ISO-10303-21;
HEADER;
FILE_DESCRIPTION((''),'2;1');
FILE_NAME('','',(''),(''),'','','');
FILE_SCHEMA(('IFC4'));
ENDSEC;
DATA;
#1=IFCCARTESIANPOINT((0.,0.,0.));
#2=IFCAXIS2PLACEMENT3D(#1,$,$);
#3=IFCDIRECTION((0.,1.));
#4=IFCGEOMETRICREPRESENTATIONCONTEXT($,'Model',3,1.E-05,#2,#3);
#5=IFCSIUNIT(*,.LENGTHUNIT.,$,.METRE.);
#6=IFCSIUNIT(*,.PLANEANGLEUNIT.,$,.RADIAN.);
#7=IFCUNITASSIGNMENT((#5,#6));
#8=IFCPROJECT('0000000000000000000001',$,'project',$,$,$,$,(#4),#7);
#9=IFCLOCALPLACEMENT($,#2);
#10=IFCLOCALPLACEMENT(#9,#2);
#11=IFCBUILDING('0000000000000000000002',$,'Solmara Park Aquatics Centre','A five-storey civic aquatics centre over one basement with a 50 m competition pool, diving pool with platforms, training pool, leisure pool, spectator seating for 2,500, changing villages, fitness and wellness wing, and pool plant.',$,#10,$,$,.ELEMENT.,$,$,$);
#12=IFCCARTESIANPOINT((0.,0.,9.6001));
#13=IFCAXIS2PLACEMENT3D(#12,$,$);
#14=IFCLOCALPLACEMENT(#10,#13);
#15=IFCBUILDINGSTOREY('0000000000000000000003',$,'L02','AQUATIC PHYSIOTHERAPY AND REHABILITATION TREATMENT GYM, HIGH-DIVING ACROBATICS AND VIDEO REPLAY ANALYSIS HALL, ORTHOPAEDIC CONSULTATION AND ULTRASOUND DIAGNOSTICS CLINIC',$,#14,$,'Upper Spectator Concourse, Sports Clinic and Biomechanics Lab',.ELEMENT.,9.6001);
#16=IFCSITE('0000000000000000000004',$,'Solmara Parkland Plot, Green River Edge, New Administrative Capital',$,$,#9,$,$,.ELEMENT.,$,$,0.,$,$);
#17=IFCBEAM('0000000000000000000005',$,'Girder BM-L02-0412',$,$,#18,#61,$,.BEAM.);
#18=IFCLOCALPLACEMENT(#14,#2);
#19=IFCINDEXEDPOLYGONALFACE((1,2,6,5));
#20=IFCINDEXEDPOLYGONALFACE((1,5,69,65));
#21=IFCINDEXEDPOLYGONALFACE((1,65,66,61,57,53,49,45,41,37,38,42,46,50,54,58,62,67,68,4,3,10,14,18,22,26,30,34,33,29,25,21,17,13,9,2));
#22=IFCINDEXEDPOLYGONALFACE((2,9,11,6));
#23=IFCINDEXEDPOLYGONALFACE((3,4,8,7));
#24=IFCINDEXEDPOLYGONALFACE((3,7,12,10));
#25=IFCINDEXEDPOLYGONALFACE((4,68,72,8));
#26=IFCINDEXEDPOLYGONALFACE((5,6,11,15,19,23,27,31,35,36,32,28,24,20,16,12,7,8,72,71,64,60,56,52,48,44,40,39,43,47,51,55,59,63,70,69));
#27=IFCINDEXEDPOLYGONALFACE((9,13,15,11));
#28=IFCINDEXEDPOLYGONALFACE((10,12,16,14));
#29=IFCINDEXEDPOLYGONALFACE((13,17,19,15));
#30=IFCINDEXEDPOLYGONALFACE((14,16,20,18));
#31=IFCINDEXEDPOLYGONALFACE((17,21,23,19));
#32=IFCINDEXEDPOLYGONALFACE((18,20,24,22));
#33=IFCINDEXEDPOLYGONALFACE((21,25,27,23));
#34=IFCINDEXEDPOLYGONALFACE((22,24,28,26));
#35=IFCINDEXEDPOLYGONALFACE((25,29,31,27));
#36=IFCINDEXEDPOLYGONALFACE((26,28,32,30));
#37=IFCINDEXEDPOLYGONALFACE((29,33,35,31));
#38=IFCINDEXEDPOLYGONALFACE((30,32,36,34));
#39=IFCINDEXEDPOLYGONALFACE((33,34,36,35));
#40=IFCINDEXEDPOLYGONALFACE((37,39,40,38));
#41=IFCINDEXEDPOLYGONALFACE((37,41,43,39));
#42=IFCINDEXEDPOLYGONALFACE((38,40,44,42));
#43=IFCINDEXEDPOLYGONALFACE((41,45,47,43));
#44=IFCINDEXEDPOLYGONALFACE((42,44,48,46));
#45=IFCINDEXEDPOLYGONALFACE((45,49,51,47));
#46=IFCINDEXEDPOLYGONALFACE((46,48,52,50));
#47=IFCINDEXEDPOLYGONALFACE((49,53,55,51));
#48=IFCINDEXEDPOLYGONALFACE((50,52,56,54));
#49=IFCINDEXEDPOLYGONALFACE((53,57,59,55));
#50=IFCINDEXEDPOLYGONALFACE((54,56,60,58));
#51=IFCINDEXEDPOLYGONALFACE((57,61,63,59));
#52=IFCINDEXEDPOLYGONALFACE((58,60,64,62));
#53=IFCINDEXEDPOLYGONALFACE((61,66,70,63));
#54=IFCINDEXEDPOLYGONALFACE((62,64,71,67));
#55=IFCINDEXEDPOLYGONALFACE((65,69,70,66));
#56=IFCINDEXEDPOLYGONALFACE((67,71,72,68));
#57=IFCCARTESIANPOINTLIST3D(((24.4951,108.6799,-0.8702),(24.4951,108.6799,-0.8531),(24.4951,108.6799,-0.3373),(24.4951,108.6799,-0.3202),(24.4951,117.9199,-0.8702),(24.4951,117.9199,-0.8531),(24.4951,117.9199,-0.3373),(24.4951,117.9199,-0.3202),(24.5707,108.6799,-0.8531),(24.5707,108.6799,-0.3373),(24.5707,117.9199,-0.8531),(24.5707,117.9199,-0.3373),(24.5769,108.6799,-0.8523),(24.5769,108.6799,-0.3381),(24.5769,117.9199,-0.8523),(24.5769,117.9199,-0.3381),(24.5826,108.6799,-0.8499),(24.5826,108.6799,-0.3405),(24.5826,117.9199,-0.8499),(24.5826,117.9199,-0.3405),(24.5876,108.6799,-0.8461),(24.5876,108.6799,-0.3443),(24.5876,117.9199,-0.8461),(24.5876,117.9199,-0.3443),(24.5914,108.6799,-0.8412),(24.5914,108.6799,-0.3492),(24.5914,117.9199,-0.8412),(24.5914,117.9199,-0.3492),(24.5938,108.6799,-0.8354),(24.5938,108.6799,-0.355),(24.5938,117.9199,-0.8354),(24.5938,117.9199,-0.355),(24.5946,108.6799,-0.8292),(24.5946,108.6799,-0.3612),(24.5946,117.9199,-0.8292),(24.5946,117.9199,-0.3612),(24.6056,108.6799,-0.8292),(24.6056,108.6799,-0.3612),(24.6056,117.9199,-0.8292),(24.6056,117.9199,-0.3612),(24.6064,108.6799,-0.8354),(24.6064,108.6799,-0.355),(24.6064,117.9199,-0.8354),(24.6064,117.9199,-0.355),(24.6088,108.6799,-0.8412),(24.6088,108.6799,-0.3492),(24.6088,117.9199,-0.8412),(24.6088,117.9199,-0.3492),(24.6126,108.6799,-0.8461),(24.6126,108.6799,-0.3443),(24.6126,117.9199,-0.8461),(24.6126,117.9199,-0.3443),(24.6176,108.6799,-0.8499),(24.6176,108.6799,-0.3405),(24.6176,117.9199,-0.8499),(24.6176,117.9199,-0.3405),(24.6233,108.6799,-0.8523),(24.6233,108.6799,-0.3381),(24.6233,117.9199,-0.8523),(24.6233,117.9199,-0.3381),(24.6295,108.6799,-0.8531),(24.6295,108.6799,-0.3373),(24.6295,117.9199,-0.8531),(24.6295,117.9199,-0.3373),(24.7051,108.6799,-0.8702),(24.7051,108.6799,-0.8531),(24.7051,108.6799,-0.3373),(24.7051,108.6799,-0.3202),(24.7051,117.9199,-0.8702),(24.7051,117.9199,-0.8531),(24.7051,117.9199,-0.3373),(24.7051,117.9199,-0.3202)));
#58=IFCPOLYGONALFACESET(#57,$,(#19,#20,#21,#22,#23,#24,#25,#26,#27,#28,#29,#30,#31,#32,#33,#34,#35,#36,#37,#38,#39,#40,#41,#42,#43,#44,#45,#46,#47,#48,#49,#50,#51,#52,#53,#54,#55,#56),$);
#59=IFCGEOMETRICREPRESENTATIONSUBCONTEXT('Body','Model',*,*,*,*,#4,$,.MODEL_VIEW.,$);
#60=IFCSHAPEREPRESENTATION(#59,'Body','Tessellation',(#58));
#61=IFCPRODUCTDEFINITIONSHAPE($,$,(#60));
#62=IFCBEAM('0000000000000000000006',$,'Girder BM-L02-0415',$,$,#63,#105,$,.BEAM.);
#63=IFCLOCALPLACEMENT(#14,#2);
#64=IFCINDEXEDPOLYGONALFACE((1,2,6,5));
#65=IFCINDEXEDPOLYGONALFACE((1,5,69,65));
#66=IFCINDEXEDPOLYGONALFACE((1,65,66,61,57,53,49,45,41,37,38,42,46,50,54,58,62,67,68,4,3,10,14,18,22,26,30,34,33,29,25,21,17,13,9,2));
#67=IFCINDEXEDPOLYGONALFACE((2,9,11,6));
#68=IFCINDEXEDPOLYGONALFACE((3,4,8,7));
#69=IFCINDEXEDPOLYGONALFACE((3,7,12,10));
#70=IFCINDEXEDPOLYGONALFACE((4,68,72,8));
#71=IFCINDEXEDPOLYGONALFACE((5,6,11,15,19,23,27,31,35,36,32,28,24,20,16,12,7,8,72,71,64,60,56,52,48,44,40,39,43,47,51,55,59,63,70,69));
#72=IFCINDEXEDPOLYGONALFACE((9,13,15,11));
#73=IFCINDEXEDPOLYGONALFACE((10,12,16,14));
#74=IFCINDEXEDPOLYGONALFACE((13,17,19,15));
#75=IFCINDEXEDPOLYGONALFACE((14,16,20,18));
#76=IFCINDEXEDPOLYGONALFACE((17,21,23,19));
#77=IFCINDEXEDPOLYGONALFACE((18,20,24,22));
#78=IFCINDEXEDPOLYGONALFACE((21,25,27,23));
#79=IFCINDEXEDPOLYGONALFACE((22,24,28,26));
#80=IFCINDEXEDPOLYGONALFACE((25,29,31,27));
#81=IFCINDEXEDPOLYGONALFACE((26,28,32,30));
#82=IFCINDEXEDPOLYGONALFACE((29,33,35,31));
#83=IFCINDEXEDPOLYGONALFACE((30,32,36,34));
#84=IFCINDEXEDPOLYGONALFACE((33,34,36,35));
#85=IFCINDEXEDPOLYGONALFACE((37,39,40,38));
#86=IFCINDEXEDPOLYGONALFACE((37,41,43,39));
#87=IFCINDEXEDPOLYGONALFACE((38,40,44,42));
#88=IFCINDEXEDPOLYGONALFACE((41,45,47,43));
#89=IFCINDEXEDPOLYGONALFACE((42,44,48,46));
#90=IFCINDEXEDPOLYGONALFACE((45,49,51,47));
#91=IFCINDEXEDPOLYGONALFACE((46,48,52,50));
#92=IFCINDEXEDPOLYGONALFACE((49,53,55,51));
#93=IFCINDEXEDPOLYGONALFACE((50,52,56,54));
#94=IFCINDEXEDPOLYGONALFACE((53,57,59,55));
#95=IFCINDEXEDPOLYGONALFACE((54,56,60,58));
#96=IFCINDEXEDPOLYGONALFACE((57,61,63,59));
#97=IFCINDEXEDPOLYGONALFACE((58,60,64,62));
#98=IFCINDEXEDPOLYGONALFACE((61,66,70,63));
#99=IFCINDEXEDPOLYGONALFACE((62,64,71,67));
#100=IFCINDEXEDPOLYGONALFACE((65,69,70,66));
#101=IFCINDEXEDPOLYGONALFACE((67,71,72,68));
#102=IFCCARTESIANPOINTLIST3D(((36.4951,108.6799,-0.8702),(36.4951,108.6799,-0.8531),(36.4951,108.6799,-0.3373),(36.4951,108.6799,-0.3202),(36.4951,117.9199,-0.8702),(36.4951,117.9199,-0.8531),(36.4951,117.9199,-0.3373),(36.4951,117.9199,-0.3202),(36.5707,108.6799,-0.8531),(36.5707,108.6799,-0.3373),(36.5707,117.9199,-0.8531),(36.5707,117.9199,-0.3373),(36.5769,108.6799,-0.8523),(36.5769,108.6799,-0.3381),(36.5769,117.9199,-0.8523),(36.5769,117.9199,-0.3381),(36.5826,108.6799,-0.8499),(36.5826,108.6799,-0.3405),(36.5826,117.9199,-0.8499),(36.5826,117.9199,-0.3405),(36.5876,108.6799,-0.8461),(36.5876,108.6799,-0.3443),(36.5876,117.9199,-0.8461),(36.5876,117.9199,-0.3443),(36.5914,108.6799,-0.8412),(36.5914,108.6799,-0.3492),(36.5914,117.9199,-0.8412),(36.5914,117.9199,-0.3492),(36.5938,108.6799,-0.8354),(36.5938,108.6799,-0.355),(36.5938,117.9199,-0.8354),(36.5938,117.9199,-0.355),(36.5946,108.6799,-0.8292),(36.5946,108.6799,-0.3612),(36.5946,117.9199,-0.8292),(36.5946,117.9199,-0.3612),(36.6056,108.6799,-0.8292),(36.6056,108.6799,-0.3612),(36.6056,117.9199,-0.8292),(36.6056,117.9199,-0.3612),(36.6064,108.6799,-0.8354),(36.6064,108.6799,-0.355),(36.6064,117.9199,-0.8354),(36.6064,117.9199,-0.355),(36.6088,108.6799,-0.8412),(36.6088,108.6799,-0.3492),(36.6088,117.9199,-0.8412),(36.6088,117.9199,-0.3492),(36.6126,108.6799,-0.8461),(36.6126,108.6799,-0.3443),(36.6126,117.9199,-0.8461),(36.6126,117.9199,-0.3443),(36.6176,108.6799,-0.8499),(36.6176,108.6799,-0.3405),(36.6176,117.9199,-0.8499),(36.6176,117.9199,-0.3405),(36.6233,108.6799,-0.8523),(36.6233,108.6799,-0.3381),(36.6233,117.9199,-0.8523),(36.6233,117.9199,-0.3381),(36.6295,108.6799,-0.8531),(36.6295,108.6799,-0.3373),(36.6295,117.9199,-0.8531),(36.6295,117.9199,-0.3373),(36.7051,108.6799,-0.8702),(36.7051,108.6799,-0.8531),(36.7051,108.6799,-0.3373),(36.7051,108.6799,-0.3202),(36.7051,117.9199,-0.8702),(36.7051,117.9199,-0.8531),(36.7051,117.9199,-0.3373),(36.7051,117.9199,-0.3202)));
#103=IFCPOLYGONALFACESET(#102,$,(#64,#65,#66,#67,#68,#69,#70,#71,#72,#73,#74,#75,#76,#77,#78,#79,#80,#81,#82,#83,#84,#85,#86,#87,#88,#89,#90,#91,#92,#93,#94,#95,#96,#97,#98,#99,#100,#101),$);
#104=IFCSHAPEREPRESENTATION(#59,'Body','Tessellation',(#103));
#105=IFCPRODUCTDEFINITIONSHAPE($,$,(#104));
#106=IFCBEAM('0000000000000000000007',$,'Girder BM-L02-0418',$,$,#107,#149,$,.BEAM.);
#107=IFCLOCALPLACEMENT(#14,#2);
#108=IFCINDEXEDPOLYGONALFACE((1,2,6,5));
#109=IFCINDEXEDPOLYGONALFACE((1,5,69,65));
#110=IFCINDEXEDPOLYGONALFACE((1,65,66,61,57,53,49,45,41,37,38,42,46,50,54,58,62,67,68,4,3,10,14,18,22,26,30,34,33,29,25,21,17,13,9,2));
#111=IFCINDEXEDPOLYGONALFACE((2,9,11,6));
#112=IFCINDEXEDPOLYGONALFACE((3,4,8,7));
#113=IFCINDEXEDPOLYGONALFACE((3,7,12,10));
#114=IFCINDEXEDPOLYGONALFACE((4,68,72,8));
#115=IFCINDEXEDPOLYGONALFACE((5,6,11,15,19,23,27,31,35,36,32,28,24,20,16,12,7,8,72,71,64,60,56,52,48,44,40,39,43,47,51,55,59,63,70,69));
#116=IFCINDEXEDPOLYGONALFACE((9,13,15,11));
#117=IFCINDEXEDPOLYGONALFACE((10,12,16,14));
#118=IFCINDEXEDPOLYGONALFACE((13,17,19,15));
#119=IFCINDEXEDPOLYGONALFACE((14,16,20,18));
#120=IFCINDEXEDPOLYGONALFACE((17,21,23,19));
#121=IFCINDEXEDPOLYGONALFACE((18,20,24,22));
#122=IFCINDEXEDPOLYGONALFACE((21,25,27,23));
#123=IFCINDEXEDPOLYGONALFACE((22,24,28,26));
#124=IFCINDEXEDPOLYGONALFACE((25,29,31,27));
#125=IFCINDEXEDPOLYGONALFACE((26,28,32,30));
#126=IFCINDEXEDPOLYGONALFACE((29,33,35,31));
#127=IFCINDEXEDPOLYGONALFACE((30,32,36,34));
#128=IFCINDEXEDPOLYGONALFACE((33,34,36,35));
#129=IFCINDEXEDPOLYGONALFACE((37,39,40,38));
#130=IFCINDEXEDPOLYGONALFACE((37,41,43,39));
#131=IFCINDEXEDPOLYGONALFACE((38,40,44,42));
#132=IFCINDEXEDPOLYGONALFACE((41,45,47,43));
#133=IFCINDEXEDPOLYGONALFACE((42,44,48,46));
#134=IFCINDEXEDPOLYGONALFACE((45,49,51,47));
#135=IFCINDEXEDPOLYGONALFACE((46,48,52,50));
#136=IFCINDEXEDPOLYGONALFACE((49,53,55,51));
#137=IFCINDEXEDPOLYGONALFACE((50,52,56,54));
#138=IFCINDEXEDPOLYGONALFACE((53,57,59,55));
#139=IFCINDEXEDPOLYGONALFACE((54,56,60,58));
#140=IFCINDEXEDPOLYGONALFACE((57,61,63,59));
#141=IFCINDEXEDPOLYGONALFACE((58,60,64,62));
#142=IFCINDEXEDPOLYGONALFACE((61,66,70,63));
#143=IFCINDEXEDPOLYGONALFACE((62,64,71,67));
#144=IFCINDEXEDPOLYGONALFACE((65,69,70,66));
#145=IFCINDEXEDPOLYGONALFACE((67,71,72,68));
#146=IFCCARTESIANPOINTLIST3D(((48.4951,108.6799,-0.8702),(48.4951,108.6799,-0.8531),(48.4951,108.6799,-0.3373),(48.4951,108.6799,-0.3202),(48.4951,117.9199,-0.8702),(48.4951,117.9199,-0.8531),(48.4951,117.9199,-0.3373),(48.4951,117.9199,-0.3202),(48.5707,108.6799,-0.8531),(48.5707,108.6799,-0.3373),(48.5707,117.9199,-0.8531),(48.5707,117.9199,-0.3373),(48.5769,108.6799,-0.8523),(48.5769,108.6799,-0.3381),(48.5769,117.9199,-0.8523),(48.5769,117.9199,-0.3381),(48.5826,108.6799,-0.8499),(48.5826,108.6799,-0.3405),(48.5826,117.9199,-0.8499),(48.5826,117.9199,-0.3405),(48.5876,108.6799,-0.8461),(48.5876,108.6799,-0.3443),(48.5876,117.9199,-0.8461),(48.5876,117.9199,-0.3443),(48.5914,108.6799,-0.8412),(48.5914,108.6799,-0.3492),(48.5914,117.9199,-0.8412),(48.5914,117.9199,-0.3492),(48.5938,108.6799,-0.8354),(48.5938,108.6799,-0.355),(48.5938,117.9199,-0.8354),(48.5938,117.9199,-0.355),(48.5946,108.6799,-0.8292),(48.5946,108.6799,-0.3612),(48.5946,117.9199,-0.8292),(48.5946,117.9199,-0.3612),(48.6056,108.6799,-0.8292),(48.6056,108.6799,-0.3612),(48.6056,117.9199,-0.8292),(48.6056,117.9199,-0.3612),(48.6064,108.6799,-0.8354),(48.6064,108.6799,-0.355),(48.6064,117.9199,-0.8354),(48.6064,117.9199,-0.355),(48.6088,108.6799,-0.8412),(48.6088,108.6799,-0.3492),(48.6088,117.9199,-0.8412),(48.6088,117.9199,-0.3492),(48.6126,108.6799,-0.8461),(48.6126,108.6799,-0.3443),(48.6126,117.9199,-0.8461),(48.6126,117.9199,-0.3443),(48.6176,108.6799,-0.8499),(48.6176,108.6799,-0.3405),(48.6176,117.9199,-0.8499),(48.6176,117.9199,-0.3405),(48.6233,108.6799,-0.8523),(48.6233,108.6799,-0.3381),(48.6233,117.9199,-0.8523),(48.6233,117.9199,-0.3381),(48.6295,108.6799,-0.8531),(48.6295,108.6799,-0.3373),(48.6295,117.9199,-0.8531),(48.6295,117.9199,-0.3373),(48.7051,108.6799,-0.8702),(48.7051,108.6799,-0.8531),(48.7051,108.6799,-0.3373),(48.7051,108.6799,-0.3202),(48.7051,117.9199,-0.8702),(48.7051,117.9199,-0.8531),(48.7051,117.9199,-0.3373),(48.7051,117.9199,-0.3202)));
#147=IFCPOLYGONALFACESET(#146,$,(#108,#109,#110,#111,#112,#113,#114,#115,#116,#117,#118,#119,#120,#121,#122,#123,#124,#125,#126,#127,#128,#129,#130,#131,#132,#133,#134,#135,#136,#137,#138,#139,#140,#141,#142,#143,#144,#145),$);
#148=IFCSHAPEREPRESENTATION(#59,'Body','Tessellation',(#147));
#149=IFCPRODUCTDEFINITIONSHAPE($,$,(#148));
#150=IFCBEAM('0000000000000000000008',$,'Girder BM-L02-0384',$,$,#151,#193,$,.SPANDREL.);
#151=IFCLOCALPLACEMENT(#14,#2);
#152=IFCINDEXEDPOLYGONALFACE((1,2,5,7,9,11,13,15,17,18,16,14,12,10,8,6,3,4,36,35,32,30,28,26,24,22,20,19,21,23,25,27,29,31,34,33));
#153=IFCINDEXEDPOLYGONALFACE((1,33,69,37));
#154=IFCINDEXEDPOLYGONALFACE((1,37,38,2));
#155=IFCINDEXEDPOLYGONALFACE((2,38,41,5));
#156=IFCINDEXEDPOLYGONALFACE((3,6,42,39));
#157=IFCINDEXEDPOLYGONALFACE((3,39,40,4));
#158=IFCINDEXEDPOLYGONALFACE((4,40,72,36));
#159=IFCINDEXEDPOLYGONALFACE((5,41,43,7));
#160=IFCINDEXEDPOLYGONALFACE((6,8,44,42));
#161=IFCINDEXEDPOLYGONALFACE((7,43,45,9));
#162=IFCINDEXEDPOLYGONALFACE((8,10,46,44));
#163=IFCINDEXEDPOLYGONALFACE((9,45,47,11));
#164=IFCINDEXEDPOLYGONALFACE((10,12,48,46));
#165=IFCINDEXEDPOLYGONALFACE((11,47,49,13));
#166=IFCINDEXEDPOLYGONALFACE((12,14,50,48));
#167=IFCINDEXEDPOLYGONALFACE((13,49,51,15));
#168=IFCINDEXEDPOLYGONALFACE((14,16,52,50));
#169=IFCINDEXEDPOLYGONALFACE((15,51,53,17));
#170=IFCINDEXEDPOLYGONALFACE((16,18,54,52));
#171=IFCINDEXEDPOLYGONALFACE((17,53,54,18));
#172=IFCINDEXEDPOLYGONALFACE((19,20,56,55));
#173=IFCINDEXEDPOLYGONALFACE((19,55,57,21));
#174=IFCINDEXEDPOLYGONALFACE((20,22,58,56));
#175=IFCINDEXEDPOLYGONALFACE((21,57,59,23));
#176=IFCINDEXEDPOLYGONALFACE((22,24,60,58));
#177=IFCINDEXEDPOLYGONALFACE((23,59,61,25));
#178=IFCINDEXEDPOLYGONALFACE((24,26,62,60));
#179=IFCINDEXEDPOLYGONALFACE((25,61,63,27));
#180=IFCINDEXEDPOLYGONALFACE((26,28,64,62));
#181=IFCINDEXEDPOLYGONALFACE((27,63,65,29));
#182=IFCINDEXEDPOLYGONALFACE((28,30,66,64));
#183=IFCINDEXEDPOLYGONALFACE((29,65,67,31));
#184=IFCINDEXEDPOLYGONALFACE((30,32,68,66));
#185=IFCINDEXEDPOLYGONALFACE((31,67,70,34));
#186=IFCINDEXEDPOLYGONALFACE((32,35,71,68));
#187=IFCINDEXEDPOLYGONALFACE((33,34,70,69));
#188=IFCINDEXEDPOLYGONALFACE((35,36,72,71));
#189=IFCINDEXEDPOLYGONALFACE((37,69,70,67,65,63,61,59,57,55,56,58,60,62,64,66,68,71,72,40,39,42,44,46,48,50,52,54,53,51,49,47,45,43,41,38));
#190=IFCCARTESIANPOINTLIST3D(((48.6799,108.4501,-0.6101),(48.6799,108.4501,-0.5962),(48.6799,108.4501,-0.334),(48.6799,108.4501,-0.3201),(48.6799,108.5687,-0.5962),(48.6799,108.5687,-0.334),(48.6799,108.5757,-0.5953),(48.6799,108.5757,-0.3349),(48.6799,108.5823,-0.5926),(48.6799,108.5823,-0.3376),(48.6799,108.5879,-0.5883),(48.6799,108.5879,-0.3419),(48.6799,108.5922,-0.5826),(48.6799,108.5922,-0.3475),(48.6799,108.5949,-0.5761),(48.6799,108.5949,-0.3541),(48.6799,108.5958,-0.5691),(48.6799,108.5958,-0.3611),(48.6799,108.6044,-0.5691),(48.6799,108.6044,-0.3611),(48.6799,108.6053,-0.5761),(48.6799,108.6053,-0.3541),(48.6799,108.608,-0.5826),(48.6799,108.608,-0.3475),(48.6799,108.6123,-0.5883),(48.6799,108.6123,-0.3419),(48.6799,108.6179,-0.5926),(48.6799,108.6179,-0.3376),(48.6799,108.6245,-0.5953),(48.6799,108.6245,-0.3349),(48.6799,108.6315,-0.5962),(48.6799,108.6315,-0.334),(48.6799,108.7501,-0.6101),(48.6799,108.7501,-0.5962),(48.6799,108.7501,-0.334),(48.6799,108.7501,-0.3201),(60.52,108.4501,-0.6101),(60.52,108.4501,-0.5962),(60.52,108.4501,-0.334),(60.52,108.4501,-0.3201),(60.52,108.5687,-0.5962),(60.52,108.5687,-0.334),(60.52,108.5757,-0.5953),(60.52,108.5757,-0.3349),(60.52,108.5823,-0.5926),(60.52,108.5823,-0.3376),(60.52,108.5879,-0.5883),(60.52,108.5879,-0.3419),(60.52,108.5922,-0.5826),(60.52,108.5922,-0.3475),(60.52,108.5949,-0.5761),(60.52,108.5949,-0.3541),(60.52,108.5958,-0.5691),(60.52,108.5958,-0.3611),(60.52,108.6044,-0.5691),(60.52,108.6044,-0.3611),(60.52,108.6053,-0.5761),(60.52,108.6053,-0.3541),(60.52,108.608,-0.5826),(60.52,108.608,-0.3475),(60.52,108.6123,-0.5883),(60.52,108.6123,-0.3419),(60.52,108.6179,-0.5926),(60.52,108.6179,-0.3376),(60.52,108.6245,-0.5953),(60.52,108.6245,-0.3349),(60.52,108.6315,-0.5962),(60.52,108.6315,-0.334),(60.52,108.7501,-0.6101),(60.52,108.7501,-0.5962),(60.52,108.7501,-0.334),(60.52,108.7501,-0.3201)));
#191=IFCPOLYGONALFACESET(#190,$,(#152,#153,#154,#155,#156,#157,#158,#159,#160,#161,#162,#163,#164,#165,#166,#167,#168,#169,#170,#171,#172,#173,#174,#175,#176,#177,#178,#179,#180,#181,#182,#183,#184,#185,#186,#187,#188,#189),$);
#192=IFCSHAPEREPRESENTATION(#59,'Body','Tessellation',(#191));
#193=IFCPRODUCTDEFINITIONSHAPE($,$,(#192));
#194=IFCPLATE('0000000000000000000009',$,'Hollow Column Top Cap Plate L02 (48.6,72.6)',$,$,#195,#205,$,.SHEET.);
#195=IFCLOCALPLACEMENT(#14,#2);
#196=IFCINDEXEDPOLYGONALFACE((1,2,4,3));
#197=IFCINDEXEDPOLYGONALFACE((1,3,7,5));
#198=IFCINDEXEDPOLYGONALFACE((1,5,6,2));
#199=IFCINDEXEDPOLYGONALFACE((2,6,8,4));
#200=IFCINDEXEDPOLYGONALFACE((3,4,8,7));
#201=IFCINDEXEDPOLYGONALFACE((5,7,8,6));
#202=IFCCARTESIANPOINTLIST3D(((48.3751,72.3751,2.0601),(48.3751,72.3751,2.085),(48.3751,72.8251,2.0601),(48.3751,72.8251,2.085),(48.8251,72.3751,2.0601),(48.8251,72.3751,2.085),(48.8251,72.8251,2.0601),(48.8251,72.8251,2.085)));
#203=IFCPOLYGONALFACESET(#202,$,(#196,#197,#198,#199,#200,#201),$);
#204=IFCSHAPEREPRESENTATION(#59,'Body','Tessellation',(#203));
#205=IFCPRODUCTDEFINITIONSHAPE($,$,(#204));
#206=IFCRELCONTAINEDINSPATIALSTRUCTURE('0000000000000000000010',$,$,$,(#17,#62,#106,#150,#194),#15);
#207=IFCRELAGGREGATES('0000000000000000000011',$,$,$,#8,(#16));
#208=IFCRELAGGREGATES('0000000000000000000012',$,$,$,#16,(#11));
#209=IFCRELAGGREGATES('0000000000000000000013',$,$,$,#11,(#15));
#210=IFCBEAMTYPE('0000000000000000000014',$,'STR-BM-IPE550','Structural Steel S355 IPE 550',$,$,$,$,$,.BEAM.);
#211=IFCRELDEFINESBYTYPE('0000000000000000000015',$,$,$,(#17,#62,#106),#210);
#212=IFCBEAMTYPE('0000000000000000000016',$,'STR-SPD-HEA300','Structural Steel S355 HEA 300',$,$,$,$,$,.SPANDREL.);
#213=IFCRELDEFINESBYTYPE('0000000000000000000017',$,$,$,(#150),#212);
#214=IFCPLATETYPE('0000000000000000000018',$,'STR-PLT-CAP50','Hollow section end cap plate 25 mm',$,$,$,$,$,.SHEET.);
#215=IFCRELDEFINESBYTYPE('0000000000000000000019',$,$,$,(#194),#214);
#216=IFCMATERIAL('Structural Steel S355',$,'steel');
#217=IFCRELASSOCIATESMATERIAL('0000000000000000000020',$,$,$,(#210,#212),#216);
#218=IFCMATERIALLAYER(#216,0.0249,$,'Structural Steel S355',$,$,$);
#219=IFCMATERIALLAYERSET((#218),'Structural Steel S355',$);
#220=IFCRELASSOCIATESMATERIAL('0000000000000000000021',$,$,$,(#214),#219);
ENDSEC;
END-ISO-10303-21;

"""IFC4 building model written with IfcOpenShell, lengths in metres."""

from ifc_helpers import new_model, si_unit, direction, frame, origin, origin_2d, place, context, subcontext, project, spatial, rectangle, i_section, extrude, material, layer, layer_set, material_profile, profile_set, type_object, element, save


model = new_model("IFC4")

# Units and contexts
model_context = context("Model", 3, precision=1e-05, world=origin(), true_north=direction((0.0, 1.0)))
body_context = subcontext(model_context, "Body", "Model", "MODEL_VIEW")
ifc_project = project(units=[si_unit("LENGTHUNIT", "METRE"), si_unit("PLANEANGLEUNIT", "RADIAN")], contexts=[model_context])

# Site, building, storey
site_placement = place(None, origin())
site = spatial("IfcSite", under=ifc_project, at=site_placement, Name="Solmara Parkland Plot, Green River Edge, New Administrative Capital", CompositionType="ELEMENT", RefElevation=0.0)
building_placement = place(site_placement, origin())
building = spatial("IfcBuilding", under=site, at=building_placement, Name="Solmara Park Aquatics Centre", Description="A five-storey civic aquatics centre over one basement with a 50 m competition pool, diving pool with platforms, training pool, leisure pool, spectator seating for 2,500, changing villages, fitness and wellness wing, and pool plant.", CompositionType="ELEMENT")
storey_placement = place(building_placement, frame((0.0, 0.0, 9.6001)))
storey = spatial("IfcBuildingStorey", under=building, at=storey_placement, Name="L02", Description="AQUATIC PHYSIOTHERAPY AND REHABILITATION TREATMENT GYM, HIGH-DIVING ACROBATICS AND VIDEO REPLAY ANALYSIS HALL, ORTHOPAEDIC CONSULTATION AND ULTRASOUND DIAGNOSTICS CLINIC", LongName="Upper Spectator Concourse, Sports Clinic and Biomechanics Lab", CompositionType="ELEMENT", Elevation=9.6001)

# Shared definitions
ifc_material_1 = material(Name="Structural Steel S355", Category="steel")

# Beams
ifc_material_profile_1 = material_profile(ifc_material_1, i_section(OverallWidth=0.21, OverallDepth=0.55, WebThickness=0.011, FlangeThickness=0.0171, FilletRadius=0.0239, at=origin_2d()), Name="IPE 550")
ifc_profile_set_1 = profile_set([ifc_material_profile_1], Name="Structural Steel S355")
beam_type_1 = type_object("IfcBeamType", Name="STR-BM-IPE550", Description="Structural Steel S355 IPE 550", PredefinedType="BEAM", material=ifc_profile_set_1)
for number, where, z_axis, x_axis, name in (
    (1, (24.6001, 108.6799, -0.5952), (0.0, 1.0, 0.0), (-1.0, 0.0, 0.0), "Girder BM-L02-0412"),
    (2, (36.6001, 108.6799, -0.5952), (0.0, 1.0, 0.0), (-1.0, 0.0, 0.0), "Girder BM-L02-0415"),
    (3, (48.6001, 108.6799, -0.5952), (0.0, 1.0, 0.0), (-1.0, 0.0, 0.0), "Girder BM-L02-0418"),
):
    element("IfcBeam", number, at=place(storey_placement, frame(where, z_axis=z_axis, x_axis=x_axis)), inside=storey, type_object=beam_type_1, Name=name, PredefinedType="BEAM", context=body_context, shape_type="SweptSolid", body=[
        extrude(i_section(OverallWidth=0.21, OverallDepth=0.55, WebThickness=0.011, FlangeThickness=0.0171, FilletRadius=0.0239, at=origin_2d()), origin(), (0.0, 0.0, 1.0), 9.24),
    ])
ifc_material_profile_2 = material_profile(ifc_material_1, i_section(OverallWidth=0.3, OverallDepth=0.29, WebThickness=0.0085, FlangeThickness=0.0139, FilletRadius=0.0271, at=origin_2d()), Name="HEA 300")
ifc_profile_set_2 = profile_set([ifc_material_profile_2], Name="Structural Steel S355")
beam_type_2 = type_object("IfcBeamType", Name="STR-SPD-HEA300", Description="Structural Steel S355 HEA 300", PredefinedType="SPANDREL", material=ifc_profile_set_2)
beam_placement = place(storey_placement, frame((48.6799, 108.6001, -0.4651), z_axis=(1.0, 0.0, 0.0), x_axis=(0.0, 1.0, 0.0)))
element("IfcBeam", 4, at=beam_placement, inside=storey, type_object=beam_type_2, Name="Girder BM-L02-0384", PredefinedType="SPANDREL", context=body_context, shape_type="SweptSolid", body=[
    extrude(i_section(OverallWidth=0.3, OverallDepth=0.29, WebThickness=0.0085, FlangeThickness=0.0139, FilletRadius=0.0271, at=origin_2d()), origin(), (0.0, 0.0, 1.0), 11.8401),
])

# Plate
ifc_layer_1 = layer(ifc_material_1, 0.0249, Name="Structural Steel S355")
ifc_layer_set_1 = layer_set([ifc_layer_1], Name="Structural Steel S355")
plate_type = type_object("IfcPlateType", Name="STR-PLT-CAP50", Description="Hollow section end cap plate 25 mm", PredefinedType="SHEET", material=ifc_layer_set_1)
plate_placement = place(storey_placement, frame((48.6001, 72.6001, 2.0601), z_axis=(0.0, 0.0, 1.0), x_axis=(1.0, 0.0, 0.0)))
element("IfcPlate", 5, at=plate_placement, inside=storey, type_object=plate_type, Name="Hollow Column Top Cap Plate L02 (48.6,72.6)", PredefinedType="SHEET", context=body_context, shape_type="SweptSolid", body=[
    extrude(rectangle(XDim=0.45, YDim=0.45, at=origin_2d()), origin(), (0.0, 0.0, 1.0), 0.0249),
])

save(model, "model.ifc")
